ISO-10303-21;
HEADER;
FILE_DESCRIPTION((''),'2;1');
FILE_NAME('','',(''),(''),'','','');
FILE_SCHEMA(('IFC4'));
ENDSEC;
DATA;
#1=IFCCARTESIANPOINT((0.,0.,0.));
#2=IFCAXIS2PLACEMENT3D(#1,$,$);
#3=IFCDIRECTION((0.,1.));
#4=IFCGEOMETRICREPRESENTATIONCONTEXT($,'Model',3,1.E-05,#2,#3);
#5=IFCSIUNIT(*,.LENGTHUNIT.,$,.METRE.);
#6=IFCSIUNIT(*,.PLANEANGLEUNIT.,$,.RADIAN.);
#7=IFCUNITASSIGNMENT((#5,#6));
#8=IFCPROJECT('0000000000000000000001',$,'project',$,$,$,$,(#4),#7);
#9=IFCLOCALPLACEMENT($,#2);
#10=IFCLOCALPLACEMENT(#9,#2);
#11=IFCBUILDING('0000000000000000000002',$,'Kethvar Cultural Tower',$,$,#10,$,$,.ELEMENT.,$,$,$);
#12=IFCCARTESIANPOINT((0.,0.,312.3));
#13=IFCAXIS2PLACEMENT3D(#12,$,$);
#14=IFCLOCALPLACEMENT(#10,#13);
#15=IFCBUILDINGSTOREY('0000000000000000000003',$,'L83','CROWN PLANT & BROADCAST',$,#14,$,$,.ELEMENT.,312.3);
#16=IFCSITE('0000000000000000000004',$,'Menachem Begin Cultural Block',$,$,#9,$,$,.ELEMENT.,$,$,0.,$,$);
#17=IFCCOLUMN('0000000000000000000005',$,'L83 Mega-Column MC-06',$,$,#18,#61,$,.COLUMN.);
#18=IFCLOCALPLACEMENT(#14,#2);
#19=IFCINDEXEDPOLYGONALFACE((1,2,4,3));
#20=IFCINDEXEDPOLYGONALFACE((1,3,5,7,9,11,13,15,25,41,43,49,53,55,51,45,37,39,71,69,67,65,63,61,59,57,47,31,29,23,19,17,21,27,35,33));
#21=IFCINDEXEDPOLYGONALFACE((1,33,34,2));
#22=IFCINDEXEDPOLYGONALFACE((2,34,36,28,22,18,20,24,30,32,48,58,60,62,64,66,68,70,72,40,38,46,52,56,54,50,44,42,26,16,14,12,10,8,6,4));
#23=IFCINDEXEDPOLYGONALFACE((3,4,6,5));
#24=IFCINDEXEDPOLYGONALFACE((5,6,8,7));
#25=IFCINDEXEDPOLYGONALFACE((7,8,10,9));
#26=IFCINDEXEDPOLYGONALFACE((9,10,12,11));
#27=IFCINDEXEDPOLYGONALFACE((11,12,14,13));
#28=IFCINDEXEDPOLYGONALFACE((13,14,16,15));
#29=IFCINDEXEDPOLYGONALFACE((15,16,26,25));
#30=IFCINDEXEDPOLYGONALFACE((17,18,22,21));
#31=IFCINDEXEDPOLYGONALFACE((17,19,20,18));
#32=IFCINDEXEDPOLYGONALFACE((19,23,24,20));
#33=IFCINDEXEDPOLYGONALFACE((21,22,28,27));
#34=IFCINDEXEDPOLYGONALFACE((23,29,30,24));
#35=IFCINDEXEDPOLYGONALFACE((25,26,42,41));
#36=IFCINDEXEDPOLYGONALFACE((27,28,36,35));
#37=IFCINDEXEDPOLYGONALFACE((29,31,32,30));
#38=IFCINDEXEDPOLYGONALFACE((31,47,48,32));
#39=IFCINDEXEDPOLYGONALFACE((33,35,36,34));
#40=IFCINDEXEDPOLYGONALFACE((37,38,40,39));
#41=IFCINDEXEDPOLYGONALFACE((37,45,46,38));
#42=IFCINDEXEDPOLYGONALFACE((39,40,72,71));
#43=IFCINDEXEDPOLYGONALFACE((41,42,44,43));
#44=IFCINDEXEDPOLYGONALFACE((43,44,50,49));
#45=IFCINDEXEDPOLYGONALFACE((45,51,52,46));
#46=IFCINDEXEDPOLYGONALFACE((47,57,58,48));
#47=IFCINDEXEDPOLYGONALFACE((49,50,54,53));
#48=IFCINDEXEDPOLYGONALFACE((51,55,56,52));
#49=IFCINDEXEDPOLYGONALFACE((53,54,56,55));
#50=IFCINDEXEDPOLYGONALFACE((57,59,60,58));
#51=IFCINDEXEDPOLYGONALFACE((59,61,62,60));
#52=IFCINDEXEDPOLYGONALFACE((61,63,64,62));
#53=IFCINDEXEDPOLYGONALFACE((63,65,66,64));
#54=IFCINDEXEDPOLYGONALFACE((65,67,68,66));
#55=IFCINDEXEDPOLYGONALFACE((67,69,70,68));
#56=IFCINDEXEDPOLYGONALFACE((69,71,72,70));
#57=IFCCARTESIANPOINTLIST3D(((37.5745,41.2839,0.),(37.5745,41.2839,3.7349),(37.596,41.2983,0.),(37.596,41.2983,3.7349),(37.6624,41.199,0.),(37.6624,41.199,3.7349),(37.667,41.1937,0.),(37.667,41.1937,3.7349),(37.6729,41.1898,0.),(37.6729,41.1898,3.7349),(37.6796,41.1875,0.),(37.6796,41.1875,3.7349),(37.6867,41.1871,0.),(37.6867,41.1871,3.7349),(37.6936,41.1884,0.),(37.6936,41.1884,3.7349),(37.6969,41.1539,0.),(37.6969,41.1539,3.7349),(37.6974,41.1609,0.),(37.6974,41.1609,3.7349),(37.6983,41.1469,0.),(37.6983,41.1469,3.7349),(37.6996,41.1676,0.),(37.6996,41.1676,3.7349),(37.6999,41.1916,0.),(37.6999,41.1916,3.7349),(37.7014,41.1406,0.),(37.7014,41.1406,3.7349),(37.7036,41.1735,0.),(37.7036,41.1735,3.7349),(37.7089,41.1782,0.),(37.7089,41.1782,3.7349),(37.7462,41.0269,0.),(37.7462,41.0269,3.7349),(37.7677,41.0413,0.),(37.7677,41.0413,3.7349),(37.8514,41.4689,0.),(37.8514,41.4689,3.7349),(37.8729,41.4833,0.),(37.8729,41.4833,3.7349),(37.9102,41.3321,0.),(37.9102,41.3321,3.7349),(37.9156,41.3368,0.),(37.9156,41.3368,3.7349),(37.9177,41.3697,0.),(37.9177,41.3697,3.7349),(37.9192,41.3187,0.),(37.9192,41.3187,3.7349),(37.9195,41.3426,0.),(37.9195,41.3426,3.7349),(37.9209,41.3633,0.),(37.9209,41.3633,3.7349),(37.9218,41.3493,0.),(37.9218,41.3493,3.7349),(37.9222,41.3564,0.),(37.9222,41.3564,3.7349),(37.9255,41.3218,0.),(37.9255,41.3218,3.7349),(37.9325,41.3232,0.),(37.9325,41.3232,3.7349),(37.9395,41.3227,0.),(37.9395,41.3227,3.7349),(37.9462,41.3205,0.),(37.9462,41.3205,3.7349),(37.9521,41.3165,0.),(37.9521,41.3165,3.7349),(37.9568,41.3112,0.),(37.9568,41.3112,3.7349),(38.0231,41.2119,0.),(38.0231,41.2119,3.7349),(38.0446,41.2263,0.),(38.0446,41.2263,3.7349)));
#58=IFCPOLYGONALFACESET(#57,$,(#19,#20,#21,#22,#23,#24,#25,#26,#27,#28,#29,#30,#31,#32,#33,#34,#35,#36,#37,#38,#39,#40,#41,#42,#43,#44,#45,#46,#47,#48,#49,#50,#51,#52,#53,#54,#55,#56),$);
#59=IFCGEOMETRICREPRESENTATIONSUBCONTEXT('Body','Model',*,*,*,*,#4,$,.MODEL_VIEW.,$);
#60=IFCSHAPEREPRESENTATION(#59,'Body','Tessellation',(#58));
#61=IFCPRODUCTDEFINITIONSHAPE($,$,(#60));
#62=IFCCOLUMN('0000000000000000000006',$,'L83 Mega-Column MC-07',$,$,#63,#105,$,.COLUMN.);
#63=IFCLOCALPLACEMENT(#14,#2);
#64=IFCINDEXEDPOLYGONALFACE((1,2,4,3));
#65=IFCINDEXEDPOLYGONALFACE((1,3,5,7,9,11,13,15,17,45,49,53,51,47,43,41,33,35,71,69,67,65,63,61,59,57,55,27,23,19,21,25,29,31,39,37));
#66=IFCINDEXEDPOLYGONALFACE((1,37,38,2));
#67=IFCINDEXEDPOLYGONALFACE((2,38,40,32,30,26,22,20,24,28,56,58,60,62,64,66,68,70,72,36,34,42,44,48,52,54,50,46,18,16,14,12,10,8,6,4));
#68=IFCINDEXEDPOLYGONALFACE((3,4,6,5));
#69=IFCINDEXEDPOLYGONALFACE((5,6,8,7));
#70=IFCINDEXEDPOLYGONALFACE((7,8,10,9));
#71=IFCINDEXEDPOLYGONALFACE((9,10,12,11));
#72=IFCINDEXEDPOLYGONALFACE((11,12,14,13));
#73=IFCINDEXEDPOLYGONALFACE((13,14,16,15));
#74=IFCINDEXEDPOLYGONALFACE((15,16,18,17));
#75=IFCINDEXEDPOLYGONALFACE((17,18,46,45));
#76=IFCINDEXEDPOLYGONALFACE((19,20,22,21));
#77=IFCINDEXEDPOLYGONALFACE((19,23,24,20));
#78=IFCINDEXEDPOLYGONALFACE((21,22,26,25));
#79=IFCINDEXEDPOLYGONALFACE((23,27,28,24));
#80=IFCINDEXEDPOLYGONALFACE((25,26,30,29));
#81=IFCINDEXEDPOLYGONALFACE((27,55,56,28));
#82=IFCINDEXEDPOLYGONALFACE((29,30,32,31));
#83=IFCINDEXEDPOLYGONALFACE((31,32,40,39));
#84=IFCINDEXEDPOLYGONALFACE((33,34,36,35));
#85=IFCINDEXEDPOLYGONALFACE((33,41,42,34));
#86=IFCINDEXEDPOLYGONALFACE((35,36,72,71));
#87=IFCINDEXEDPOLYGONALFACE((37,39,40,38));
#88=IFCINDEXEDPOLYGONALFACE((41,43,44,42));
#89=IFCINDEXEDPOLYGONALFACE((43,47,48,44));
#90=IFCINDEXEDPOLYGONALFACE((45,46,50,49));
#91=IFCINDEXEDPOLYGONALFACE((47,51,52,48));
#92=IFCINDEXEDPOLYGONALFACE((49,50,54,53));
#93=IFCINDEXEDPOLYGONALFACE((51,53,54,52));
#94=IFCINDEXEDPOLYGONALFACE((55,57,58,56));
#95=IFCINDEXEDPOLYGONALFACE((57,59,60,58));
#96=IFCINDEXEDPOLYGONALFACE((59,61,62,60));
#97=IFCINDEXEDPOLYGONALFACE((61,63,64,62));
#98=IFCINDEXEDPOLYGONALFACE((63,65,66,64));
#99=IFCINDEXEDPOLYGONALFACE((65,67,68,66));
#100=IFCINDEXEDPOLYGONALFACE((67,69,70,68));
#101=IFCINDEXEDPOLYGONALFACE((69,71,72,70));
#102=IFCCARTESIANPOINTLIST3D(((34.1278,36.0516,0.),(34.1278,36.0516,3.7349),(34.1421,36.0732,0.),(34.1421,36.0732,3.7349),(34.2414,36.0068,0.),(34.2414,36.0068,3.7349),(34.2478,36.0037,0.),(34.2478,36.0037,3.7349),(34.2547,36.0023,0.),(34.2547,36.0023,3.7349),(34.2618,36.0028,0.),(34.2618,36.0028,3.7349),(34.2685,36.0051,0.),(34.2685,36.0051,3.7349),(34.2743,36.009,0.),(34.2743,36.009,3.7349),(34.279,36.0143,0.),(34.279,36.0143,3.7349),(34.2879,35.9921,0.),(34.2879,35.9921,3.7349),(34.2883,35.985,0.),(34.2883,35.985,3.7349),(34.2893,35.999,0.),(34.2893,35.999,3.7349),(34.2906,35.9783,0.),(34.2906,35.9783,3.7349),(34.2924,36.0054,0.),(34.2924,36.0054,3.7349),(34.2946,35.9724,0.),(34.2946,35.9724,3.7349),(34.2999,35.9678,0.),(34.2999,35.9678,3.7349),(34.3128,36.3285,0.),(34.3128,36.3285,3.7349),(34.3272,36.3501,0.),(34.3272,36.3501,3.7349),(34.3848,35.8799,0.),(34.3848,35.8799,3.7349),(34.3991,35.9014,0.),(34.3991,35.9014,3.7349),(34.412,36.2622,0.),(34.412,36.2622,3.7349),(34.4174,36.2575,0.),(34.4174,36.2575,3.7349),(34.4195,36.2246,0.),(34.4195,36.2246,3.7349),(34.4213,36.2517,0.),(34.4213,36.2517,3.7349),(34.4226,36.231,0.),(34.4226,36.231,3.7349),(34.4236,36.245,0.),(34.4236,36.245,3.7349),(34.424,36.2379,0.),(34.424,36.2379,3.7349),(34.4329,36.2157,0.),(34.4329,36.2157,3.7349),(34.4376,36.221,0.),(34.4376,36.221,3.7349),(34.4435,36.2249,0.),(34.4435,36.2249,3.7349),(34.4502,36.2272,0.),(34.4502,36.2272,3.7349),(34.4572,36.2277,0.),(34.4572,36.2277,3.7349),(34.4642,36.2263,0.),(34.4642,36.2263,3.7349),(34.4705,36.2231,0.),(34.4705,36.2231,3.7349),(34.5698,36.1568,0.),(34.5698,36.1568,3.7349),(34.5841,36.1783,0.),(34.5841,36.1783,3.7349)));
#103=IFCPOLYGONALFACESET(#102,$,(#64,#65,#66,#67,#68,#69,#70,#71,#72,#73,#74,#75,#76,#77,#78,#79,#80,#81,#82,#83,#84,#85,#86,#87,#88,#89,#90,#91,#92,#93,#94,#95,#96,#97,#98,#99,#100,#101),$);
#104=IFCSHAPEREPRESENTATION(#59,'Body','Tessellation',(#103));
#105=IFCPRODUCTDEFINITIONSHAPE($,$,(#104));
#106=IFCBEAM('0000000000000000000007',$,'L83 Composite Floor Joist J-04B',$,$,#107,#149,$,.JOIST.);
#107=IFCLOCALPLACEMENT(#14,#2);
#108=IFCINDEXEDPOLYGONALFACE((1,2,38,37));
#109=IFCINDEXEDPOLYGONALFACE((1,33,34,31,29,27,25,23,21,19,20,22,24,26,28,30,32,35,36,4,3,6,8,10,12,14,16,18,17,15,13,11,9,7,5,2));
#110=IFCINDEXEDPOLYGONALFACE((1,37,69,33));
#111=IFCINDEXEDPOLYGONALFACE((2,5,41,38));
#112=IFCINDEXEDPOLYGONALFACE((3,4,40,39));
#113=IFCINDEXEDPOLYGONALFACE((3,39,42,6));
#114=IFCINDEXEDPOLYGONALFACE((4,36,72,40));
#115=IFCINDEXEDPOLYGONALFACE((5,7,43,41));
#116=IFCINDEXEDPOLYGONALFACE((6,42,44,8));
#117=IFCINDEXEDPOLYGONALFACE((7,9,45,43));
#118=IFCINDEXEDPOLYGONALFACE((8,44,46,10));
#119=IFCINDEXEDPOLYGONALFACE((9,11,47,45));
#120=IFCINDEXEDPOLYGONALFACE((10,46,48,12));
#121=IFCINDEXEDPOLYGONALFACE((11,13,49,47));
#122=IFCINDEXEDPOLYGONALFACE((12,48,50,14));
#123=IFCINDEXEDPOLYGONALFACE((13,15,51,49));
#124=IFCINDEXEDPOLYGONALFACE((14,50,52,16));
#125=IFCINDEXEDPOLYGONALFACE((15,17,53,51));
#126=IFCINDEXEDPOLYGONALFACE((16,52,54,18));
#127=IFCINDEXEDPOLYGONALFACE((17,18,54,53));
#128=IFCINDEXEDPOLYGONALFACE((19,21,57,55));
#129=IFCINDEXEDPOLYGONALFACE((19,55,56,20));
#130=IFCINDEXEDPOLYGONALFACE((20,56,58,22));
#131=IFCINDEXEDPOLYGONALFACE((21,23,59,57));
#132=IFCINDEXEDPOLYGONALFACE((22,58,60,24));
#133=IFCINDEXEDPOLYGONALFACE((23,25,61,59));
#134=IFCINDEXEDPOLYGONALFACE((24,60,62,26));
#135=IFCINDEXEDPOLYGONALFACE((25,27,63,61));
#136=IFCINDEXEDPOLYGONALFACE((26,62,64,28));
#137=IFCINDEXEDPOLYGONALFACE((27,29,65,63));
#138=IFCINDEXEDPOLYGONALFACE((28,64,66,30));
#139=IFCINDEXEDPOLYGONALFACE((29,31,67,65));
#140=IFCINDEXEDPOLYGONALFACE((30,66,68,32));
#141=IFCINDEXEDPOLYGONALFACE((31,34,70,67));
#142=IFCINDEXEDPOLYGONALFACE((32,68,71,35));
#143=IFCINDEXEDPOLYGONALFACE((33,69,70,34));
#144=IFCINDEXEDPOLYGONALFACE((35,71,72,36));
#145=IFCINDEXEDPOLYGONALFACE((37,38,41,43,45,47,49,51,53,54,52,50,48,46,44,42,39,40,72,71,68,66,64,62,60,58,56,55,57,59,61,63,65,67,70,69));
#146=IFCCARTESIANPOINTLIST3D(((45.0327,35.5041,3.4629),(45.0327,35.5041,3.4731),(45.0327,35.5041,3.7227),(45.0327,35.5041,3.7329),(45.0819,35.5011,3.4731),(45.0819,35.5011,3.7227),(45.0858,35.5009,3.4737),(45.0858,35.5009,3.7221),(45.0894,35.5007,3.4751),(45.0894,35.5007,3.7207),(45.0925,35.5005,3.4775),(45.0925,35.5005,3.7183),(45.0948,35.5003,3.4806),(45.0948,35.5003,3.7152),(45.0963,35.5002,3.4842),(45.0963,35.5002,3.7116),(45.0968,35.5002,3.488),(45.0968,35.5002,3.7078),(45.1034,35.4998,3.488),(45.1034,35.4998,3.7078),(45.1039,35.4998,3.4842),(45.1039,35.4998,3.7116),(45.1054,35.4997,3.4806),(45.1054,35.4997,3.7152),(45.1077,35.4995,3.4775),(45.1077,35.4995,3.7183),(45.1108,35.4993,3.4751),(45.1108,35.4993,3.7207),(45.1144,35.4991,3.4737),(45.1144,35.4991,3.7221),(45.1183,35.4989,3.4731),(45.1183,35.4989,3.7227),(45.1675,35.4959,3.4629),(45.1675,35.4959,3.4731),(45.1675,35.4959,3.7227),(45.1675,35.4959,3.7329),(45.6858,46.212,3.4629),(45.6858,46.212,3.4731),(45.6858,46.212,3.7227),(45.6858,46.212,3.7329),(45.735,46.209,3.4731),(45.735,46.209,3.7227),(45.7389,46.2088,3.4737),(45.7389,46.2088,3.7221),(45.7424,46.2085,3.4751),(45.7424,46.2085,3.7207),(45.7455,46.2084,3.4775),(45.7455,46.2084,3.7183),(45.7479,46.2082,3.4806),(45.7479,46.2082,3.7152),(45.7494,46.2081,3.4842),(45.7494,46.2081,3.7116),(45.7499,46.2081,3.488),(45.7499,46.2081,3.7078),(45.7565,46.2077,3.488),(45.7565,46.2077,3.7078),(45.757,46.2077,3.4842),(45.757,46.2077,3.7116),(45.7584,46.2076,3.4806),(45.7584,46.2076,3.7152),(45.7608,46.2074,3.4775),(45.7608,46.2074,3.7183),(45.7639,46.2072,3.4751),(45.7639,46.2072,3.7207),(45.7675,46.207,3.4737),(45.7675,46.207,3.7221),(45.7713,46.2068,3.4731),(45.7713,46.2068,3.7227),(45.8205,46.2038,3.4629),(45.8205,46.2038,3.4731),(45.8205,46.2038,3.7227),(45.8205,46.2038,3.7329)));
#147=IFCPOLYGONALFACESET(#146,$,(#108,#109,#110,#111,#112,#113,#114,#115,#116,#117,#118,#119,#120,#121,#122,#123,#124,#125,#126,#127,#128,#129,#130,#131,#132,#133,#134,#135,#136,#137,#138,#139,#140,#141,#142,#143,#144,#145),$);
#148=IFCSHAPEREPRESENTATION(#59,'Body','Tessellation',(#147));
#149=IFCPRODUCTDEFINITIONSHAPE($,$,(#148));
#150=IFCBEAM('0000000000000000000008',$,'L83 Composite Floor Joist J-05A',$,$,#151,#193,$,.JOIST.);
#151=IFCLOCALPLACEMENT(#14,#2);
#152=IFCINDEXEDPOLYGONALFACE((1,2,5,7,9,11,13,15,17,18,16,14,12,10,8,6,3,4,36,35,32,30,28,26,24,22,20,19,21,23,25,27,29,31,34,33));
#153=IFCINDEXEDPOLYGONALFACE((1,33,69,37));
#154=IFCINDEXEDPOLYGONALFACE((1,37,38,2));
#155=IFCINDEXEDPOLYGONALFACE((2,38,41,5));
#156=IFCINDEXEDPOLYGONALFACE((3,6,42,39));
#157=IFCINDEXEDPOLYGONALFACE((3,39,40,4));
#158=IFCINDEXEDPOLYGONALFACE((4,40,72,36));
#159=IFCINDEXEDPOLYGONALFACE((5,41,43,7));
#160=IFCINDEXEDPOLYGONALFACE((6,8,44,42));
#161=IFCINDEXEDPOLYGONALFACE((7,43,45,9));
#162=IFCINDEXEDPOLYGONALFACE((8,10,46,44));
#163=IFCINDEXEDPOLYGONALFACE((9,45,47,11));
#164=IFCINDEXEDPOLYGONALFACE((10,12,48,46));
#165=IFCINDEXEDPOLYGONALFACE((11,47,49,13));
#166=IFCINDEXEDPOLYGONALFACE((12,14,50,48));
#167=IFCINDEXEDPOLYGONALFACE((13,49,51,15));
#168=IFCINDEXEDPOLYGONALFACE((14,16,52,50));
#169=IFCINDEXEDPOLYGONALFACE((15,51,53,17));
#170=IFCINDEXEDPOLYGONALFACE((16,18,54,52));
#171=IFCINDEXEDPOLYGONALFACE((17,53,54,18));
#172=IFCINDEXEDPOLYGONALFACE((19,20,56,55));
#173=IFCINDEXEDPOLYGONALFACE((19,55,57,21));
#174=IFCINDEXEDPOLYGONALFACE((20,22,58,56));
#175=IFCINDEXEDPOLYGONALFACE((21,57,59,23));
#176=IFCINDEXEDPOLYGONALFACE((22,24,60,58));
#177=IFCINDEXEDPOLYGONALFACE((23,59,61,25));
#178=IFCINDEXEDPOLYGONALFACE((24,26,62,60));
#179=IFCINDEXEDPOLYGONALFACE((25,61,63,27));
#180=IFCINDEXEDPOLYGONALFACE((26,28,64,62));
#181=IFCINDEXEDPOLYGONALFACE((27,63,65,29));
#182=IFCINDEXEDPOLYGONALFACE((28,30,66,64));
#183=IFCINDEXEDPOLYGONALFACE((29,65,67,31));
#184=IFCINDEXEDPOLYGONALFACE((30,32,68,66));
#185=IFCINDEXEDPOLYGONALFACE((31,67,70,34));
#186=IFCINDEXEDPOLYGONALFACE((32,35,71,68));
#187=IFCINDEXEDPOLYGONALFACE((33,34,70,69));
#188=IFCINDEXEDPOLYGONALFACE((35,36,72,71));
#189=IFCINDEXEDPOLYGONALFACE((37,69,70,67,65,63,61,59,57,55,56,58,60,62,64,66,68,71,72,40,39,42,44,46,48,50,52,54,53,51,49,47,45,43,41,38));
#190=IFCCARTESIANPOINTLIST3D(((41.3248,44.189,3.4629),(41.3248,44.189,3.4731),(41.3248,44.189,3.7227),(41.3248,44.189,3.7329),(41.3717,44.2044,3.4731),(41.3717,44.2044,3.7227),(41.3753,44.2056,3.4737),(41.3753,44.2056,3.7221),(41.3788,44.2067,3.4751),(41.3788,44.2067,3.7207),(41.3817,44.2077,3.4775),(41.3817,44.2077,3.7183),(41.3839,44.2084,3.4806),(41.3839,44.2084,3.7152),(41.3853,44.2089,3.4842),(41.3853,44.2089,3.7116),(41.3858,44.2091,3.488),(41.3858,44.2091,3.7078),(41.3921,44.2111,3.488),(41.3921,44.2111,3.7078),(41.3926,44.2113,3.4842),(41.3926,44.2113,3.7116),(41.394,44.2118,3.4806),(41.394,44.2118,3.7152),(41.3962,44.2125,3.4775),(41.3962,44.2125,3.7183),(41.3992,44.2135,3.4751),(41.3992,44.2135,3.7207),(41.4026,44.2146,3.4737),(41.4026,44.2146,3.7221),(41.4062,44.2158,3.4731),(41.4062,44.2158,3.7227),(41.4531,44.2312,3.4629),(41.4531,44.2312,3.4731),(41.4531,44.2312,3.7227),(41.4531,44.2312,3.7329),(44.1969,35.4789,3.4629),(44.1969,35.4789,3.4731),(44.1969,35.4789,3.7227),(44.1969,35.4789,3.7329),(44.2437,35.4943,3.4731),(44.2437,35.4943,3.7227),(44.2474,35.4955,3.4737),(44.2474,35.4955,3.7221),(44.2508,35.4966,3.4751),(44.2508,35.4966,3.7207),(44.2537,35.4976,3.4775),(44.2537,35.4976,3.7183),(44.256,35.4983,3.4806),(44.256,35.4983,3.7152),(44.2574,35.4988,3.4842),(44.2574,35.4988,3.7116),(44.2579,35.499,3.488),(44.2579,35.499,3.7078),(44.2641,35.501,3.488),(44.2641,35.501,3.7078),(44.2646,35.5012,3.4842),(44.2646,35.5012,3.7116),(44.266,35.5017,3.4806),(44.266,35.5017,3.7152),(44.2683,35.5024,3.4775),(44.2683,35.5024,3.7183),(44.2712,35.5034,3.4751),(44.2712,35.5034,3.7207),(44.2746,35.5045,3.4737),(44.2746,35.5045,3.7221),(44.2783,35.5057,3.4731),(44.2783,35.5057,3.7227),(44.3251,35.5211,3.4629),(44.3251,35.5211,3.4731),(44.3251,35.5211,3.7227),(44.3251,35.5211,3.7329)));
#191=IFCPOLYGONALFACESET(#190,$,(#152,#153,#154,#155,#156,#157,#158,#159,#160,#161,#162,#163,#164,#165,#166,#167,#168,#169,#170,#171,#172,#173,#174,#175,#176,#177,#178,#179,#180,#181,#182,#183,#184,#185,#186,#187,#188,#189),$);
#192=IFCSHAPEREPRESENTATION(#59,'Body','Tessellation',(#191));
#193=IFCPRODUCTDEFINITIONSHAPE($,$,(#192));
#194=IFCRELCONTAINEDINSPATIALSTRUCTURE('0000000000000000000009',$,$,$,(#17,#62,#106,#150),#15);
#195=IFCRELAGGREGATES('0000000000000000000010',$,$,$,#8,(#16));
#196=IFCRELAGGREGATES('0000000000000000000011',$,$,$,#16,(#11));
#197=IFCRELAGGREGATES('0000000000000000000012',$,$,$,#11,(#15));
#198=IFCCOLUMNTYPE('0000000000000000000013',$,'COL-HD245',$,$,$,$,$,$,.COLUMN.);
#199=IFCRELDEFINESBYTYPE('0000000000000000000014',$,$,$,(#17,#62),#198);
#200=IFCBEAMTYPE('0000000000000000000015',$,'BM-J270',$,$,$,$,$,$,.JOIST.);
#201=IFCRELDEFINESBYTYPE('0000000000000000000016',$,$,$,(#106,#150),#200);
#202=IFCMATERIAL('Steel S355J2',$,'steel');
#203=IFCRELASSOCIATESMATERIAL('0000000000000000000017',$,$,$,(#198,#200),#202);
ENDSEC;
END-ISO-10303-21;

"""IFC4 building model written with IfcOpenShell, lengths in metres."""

from ifc_helpers import new_model, si_unit, direction, frame, origin, origin_2d, place, context, subcontext, project, spatial, i_section, extrude, source, transform, mapped, material, material_profile, profile_set, type_object, element, save


model = new_model("IFC4")

# Units and contexts
model_context = context("Model", 3, precision=1e-05, world=origin(), true_north=direction((0.0, 1.0)))
body_context = subcontext(model_context, "Body", "Model", "MODEL_VIEW")
ifc_project = project(units=[si_unit("LENGTHUNIT", "METRE"), si_unit("PLANEANGLEUNIT", "RADIAN")], contexts=[model_context])

# Site, building, storey
site_placement = place(None, origin())
site = spatial("IfcSite", under=ifc_project, at=site_placement, Name="Menachem Begin Cultural Block", CompositionType="ELEMENT", RefElevation=0.0)
building_placement = place(site_placement, origin())
building = spatial("IfcBuilding", under=site, at=building_placement, Name="Kethvar Cultural Tower", CompositionType="ELEMENT")
storey_placement = place(building_placement, frame((0.0, 0.0, 312.3)))
storey = spatial("IfcBuildingStorey", under=building, at=storey_placement, Name="L83", Description="CROWN PLANT & BROADCAST", CompositionType="ELEMENT", Elevation=312.3)

# Columns
ifc_material_1 = material(Name="Steel S355J2", Category="steel")
ifc_material_profile_1 = material_profile(ifc_material_1, i_section(OverallWidth=0.3091, OverallDepth=0.3589, WebThickness=0.0161, FlangeThickness=0.0259, FilletRadius=0.0271, at=origin_2d()), Name="Steel S355J2 — HD320x245")
ifc_profile_set_1 = profile_set([ifc_material_profile_1], Name="Steel S355J2 — HD320x245")
column_type = type_object("IfcColumnType", Name="COL-HD245", PredefinedType="COLUMN", material=ifc_profile_set_1)
shared_shape_1 = source(origin(), body_context, "Body", "SweptSolid", [
    extrude(i_section(OverallWidth=0.3091, OverallDepth=0.3589, WebThickness=0.0161, FlangeThickness=0.0259, FilletRadius=0.0271, at=origin_2d()), origin(), (0.0, 0.0, 1.0), 3.7349),
])
for number, where, z_axis, x_axis, name in (
    (1, (37.8096, 41.2551, 0.0), (0.0, 0.0, 1.0), (-0.55557, 0.83147, 0.0), "L83 Mega-Column MC-06"),
    (2, (34.356, 36.115, 0.0), (0.0, 0.0, 1.0), (-0.83147, 0.55557, 0.0), "L83 Mega-Column MC-07"),
):
    element("IfcColumn", number, at=place(storey_placement, frame(where, z_axis=z_axis, x_axis=x_axis)), inside=storey, type_object=column_type, Name=name, PredefinedType="COLUMN", context=body_context, shape_type="MappedRepresentation", body=[
        mapped(shared_shape_1, transform((0.0, 0.0, 0.0), scale=1.0)),
    ])

# Beams
ifc_material_profile_2 = material_profile(ifc_material_1, i_section(OverallWidth=0.135, OverallDepth=0.27, WebThickness=0.0066, FlangeThickness=0.0103, FilletRadius=0.0149, at=origin_2d()), Name="Steel S355J2 — IPE270")
ifc_profile_set_2 = profile_set([ifc_material_profile_2], Name="Steel S355J2 — IPE270")
beam_type_1 = type_object("IfcBeamType", Name="BM-J270", PredefinedType="JOIST", material=ifc_profile_set_2)
shared_shape_2 = source(origin(), body_context, "Body", "SweptSolid", [
    extrude(i_section(OverallWidth=0.135, OverallDepth=0.27, WebThickness=0.0066, FlangeThickness=0.0103, FilletRadius=0.0149, at=origin_2d()), origin(), (0.0, 0.0, 1.0), 10.7278),
])
beam_1_placement = place(storey_placement, frame((45.1001, 35.5, 3.5979), z_axis=(0.060876, 0.998145, 0.0), x_axis=(-0.998145, 0.060876, 0.0)))
element("IfcBeam", 3, at=beam_1_placement, inside=storey, type_object=beam_type_1, Name="L83 Composite Floor Joist J-04B", PredefinedType="JOIST", context=body_context, shape_type="MappedRepresentation", body=[
    mapped(shared_shape_2, transform((0.0, 0.0, 0.0), scale=1.0)),
])
shared_shape_3 = source(origin(), body_context, "Body", "SweptSolid", [
    extrude(i_section(OverallWidth=0.135, OverallDepth=0.27, WebThickness=0.0066, FlangeThickness=0.0103, FilletRadius=0.0149, at=origin_2d()), origin(), (0.0, 0.0, 1.0), 9.1714),
])
beam_2_placement = place(storey_placement, frame((44.261, 35.5, 3.5979), z_axis=(-0.313152, 0.949703, 0.0), x_axis=(-0.949703, -0.313152, 0.0)))
element("IfcBeam", 4, at=beam_2_placement, inside=storey, type_object=beam_type_1, Name="L83 Composite Floor Joist J-05A", PredefinedType="JOIST", context=body_context, shape_type="MappedRepresentation", body=[
    mapped(shared_shape_3, transform((0.0, 0.0, 0.0), scale=1.0)),
])

save(model, "model.ifc")
